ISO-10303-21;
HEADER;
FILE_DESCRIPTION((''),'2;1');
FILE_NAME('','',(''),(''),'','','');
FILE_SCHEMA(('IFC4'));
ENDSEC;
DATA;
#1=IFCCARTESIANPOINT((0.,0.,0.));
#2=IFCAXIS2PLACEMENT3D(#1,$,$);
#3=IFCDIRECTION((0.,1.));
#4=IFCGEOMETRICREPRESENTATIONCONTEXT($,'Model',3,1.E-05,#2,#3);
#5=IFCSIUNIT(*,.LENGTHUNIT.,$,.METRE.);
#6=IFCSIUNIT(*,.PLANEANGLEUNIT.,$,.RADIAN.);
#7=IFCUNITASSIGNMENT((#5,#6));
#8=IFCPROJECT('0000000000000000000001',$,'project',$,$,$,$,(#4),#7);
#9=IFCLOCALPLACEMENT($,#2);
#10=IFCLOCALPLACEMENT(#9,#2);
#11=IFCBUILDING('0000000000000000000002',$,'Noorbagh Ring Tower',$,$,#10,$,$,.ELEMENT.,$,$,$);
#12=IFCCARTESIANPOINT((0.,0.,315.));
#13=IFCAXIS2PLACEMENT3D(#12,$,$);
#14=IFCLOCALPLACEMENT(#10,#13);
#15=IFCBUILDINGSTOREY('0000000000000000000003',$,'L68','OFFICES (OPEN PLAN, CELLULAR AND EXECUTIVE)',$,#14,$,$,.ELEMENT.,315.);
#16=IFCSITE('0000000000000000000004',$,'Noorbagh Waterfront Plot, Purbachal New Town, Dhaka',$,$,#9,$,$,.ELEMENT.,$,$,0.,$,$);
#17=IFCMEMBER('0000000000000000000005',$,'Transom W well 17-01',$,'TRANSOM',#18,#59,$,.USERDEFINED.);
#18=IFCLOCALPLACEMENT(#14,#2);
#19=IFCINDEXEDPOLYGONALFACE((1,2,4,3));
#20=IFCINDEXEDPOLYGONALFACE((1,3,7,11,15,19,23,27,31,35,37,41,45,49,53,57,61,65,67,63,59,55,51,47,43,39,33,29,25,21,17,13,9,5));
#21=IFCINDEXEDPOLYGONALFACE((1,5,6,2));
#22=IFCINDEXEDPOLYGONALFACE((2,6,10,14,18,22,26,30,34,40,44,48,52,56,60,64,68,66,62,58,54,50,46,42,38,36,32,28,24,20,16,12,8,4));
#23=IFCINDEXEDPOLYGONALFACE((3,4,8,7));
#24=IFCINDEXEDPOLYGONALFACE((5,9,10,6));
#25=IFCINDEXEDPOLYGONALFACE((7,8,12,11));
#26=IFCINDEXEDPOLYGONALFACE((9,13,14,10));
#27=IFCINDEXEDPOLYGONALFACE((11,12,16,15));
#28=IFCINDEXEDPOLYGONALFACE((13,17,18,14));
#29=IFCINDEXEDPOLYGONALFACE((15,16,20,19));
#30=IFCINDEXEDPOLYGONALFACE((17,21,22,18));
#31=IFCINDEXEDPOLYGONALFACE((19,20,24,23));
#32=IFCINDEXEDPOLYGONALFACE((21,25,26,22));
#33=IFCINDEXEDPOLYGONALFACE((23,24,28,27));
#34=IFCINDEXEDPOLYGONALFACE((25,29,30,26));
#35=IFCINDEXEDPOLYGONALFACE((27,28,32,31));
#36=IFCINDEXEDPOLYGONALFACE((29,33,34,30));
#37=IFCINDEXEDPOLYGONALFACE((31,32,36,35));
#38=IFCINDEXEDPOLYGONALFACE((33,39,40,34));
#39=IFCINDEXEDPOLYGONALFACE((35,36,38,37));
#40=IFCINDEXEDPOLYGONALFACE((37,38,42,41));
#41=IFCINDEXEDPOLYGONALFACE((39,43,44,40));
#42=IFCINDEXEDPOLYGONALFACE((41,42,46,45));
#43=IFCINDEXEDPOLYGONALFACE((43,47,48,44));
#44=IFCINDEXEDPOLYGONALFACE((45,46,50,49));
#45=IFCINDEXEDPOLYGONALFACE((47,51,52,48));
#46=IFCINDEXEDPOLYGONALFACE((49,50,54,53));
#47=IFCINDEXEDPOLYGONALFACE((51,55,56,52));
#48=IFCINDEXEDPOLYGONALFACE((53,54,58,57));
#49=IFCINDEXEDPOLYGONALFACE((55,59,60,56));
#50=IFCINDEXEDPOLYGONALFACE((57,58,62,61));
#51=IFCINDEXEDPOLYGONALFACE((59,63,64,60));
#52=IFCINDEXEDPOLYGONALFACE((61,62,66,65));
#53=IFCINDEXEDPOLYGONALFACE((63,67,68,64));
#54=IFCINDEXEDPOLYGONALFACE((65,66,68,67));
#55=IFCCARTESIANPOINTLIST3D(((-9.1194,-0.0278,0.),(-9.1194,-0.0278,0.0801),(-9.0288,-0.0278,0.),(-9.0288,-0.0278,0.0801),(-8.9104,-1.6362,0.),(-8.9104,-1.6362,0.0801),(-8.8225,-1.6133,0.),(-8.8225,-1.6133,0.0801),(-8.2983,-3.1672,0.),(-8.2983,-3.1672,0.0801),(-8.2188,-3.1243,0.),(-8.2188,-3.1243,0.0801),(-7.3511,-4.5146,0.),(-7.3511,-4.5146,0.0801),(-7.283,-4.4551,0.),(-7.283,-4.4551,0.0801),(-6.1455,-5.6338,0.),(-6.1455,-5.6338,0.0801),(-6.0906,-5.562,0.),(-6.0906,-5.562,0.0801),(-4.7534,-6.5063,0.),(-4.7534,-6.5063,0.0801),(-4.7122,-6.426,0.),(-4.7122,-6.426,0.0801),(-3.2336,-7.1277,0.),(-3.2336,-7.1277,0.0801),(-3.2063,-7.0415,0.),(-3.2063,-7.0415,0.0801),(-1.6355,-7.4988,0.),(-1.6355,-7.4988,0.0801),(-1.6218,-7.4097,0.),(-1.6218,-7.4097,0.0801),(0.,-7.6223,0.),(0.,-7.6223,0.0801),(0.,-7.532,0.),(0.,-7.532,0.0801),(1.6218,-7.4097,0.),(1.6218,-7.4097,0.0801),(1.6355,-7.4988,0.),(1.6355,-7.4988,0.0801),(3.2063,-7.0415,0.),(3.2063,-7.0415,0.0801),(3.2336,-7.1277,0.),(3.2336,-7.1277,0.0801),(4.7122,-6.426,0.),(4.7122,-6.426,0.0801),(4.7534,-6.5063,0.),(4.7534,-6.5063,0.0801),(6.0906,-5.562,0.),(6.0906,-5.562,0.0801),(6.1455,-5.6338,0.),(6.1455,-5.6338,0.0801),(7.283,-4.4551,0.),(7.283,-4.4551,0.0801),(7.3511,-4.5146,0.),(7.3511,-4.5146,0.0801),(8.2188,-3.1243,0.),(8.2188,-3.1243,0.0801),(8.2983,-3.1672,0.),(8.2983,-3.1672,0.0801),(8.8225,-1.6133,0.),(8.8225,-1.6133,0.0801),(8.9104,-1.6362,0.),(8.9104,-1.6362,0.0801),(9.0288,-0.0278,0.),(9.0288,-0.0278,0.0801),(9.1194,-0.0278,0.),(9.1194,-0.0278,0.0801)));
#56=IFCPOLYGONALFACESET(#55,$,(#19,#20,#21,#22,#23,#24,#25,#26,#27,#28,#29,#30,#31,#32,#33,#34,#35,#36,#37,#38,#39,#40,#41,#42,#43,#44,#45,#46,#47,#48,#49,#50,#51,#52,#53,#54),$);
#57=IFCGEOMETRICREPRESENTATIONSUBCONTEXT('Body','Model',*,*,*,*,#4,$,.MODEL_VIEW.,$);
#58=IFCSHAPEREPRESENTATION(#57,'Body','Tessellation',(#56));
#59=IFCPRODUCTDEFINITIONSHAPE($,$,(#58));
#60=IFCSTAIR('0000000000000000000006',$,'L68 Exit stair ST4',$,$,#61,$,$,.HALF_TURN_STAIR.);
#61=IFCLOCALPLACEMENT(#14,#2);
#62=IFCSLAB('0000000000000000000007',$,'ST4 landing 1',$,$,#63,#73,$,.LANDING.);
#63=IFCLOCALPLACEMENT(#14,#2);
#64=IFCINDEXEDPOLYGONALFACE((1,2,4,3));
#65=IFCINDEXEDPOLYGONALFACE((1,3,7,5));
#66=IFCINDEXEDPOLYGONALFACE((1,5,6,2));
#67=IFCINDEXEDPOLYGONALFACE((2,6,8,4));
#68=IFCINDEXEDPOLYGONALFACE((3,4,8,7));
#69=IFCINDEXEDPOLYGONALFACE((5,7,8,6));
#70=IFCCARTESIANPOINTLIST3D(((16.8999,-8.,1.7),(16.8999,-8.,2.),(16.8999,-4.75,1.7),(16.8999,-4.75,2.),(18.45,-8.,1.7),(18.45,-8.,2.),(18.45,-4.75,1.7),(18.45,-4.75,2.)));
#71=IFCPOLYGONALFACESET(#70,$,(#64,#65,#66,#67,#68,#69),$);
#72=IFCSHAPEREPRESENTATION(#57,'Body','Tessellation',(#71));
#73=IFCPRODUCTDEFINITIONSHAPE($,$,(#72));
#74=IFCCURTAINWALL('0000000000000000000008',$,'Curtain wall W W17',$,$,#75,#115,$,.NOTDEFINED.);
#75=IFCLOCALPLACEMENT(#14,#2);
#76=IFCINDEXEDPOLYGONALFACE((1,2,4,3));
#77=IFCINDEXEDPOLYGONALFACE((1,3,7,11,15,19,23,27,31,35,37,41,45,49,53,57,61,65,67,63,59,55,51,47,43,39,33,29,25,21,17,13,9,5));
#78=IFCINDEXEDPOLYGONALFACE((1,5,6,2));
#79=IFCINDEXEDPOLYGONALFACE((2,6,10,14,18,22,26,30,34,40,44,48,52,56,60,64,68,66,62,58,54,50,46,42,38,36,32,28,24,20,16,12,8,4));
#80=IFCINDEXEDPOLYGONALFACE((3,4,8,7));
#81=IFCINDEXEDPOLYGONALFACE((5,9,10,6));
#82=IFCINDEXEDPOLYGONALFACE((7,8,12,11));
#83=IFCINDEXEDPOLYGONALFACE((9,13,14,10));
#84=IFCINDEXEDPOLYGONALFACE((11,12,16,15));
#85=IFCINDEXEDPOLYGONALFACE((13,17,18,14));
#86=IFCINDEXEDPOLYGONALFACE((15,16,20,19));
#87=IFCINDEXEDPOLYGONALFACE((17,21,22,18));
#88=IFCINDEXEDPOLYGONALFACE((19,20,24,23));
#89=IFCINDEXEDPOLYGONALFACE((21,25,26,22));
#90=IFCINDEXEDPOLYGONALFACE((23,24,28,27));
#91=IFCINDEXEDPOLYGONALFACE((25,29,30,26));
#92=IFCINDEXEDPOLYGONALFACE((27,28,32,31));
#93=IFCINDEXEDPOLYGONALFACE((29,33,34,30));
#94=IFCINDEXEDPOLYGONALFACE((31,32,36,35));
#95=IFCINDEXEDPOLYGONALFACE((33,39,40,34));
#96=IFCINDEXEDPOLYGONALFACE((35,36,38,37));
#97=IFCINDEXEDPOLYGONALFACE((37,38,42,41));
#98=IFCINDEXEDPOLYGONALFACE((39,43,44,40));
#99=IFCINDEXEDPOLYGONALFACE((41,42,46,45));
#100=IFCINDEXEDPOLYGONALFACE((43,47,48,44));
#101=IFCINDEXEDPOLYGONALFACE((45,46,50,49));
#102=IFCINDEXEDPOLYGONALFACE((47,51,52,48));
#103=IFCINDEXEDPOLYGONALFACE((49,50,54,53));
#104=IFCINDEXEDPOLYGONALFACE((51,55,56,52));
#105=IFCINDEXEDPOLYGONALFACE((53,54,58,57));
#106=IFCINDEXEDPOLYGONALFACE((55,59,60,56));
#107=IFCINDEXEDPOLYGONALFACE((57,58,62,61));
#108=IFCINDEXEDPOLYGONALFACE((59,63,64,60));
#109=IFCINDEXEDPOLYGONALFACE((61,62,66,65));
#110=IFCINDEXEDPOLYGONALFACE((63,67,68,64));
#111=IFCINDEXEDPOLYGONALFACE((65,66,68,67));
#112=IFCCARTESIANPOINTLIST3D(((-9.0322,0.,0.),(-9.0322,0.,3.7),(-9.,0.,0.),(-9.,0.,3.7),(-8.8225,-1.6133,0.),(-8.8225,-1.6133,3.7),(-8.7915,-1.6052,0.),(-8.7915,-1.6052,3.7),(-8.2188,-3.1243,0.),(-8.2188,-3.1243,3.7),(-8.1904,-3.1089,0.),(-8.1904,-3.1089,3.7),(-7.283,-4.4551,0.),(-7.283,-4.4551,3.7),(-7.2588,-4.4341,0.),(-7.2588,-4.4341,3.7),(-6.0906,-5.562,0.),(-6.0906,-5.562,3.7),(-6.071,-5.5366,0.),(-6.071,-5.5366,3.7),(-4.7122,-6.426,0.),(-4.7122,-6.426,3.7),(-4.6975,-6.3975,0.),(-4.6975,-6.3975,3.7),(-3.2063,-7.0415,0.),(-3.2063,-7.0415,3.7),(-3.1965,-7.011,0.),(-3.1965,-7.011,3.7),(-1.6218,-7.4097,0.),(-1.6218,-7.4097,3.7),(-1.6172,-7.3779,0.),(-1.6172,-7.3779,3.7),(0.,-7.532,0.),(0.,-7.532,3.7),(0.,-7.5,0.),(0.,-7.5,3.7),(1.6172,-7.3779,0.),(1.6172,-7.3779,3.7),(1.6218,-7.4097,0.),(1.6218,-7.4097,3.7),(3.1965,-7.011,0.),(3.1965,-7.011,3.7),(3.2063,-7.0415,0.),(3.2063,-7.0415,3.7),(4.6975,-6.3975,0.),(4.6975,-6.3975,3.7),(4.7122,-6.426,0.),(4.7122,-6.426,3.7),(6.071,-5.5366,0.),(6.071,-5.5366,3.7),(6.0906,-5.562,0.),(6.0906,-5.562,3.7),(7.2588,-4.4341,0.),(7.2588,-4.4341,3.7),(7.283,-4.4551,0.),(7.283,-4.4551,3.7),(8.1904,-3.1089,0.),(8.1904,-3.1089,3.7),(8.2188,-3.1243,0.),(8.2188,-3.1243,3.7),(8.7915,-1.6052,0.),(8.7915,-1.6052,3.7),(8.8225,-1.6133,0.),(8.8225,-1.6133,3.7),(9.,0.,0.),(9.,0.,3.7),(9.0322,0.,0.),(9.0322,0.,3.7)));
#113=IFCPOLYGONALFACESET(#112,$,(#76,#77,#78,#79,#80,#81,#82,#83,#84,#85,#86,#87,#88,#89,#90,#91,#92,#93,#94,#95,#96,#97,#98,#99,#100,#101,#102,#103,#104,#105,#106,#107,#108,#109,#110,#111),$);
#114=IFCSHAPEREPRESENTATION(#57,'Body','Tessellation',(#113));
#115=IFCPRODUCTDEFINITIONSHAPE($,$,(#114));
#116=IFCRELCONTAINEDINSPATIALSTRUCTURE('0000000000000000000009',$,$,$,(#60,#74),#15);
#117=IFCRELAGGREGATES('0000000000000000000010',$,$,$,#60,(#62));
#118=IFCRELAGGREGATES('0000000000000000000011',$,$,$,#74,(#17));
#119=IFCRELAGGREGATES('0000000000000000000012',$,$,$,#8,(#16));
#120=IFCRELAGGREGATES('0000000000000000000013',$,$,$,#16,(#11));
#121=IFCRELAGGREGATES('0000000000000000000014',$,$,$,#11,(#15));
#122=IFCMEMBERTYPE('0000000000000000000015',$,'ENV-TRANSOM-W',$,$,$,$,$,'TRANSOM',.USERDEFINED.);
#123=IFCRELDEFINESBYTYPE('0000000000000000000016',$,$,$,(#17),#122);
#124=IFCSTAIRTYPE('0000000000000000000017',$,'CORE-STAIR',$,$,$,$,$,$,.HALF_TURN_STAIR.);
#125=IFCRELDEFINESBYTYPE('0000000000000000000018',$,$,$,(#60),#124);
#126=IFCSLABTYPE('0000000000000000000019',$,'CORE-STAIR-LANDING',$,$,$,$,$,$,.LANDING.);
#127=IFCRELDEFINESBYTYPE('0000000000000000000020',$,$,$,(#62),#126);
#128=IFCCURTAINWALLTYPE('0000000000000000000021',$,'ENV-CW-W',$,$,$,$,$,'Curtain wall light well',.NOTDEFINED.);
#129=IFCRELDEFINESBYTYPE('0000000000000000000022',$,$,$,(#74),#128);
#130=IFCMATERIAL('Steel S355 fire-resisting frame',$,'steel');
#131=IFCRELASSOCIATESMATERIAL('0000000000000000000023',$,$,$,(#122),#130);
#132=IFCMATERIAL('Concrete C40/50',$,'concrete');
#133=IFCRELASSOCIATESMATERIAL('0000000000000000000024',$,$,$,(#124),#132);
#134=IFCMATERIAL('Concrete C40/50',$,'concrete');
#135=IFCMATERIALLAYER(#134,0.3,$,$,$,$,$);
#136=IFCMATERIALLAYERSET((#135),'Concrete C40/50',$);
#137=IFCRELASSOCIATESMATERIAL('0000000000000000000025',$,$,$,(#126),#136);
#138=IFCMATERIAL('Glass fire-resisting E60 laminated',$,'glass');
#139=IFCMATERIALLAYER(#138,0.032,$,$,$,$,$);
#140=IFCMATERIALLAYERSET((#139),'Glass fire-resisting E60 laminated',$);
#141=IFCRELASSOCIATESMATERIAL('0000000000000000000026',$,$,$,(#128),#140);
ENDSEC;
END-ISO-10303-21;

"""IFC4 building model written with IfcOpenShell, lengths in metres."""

from ifc_helpers import new_model, si_unit, direction, frame, origin, place, context, subcontext, project, spatial, polyline, outline, extrude, material, layer, layer_set, type_object, element, aggregate, save


model = new_model("IFC4")

# Units and contexts
model_context = context("Model", 3, precision=1e-05, world=origin(), true_north=direction((0.0, 1.0)))
body_context = subcontext(model_context, "Body", "Model", "MODEL_VIEW")
ifc_project = project(units=[si_unit("LENGTHUNIT", "METRE"), si_unit("PLANEANGLEUNIT", "RADIAN")], contexts=[model_context])

# Member
site_placement = place(None, origin())
building_placement = place(site_placement, origin())
storey_placement = place(building_placement, frame((0.0, 0.0, 315.0)))
ifc_material_1 = material(Name="Steel S355 fire-resisting frame", Category="steel")
member_type_1 = type_object("IfcMemberType", Name="ENV-TRANSOM-W", ElementType="TRANSOM", PredefinedType="USERDEFINED", material=ifc_material_1)
member_1_placement = place(storey_placement, origin())
member_1 = element("IfcMember", 1, at=member_1_placement, type_object=member_type_1, Name="Transom W well 17-01", ObjectType="TRANSOM", PredefinedType="USERDEFINED", context=body_context, shape_type="SweptSolid", body=[
    extrude(outline(polyline([(-9.1194, -0.0278), (-8.9104, -1.6362), (-8.2983, -3.1672), (-7.3511, -4.5146), (-6.1455, -5.6338), (-4.7534, -6.5063), (-3.2336, -7.1277), (-1.6355, -7.4988), (0.0, -7.6223), (1.6355, -7.4988), (3.2336, -7.1277), (4.7534, -6.5063), (6.1455, -5.6338), (7.3511, -4.5146), (8.2983, -3.1672), (8.9104, -1.6362), (9.1194, -0.0278), (9.0288, -0.0278), (8.8225, -1.6133), (8.2188, -3.1243), (7.283, -4.4551), (6.0906, -5.562), (4.7122, -6.426), (3.2063, -7.0415), (1.6218, -7.4097), (0.0, -7.532), (-1.6218, -7.4097), (-3.2063, -7.0415), (-4.7122, -6.426), (-6.0906, -5.562), (-7.283, -4.4551), (-8.2188, -3.1243), (-8.8225, -1.6133), (-9.0288, -0.0278), (-9.1194, -0.0278)])), origin(), (0.0, 0.0, 1.0), 0.0801),
])

# Site, building, storey
site = spatial("IfcSite", under=ifc_project, at=site_placement, Name="Noorbagh Waterfront Plot, Purbachal New Town, Dhaka", CompositionType="ELEMENT", RefElevation=0.0)
building = spatial("IfcBuilding", under=site, at=building_placement, Name="Noorbagh Ring Tower", CompositionType="ELEMENT")
storey = spatial("IfcBuildingStorey", under=building, at=storey_placement, Name="L68", Description="OFFICES (OPEN PLAN, CELLULAR AND EXECUTIVE)", CompositionType="ELEMENT", Elevation=315.0)

# Stair, slab
ifc_material_2 = material(Name="Concrete C40/50", Category="concrete")
stair_type = type_object("IfcStairType", Name="CORE-STAIR", PredefinedType="HALF_TURN_STAIR", material=ifc_material_2)
stair_placement = place(storey_placement, origin())
stair = element("IfcStair", 2, at=stair_placement, inside=storey, type_object=stair_type, Name="L68 Exit stair ST4", PredefinedType="HALF_TURN_STAIR")
ifc_material_3 = material(Name="Concrete C40/50", Category="concrete")
ifc_layer_1 = layer(ifc_material_3, 0.3)
ifc_layer_set_1 = layer_set([ifc_layer_1], Name="Concrete C40/50")
slab_type = type_object("IfcSlabType", Name="CORE-STAIR-LANDING", PredefinedType="LANDING", material=ifc_layer_set_1)
slab_placement = place(storey_placement, frame((0.0, 0.0, 1.7)))
slab = element("IfcSlab", 3, at=slab_placement, type_object=slab_type, Name="ST4 landing 1", PredefinedType="LANDING", context=body_context, shape_type="SweptSolid", body=[
    extrude(outline(polyline([(18.45, -4.75), (16.8999, -4.75), (16.8999, -8.0), (18.45, -8.0), (18.45, -4.75)])), origin(), (0.0, 0.0, 1.0), 0.3),
])
aggregate(stair, [slab])

# Curtain wall
ifc_material_4 = material(Name="Glass fire-resisting E60 laminated", Category="glass")
ifc_layer_2 = layer(ifc_material_4, 0.032)
ifc_layer_set_2 = layer_set([ifc_layer_2], Name="Glass fire-resisting E60 laminated")
curtain_wall_type_1 = type_object("IfcCurtainWallType", Name="ENV-CW-W", ElementType="Curtain wall light well", PredefinedType="NOTDEFINED", material=ifc_layer_set_2)
curtain_wall_1_placement = place(storey_placement, origin())
curtain_wall_1 = element("IfcCurtainWall", 4, at=curtain_wall_1_placement, inside=storey, type_object=curtain_wall_type_1, Name="Curtain wall W W17", PredefinedType="NOTDEFINED", context=body_context, shape_type="SweptSolid", body=[
    extrude(outline(polyline([(-9.0322, 0.0), (-8.8225, -1.6133), (-8.2188, -3.1243), (-7.283, -4.4551), (-6.0906, -5.562), (-4.7122, -6.426), (-3.2063, -7.0415), (-1.6218, -7.4097), (0.0, -7.532), (1.6218, -7.4097), (3.2063, -7.0415), (4.7122, -6.426), (6.0906, -5.562), (7.283, -4.4551), (8.2188, -3.1243), (8.8225, -1.6133), (9.0322, 0.0), (9.0, 0.0), (8.7915, -1.6052), (8.1904, -3.1089), (7.2588, -4.4341), (6.071, -5.5366), (4.6975, -6.3975), (3.1965, -7.011), (1.6172, -7.3779), (0.0, -7.5), (-1.6172, -7.3779), (-3.1965, -7.011), (-4.6975, -6.3975), (-6.071, -5.5366), (-7.2588, -4.4341), (-8.1904, -3.1089), (-8.7915, -1.6052), (-9.0, 0.0), (-9.0322, 0.0)])), origin(), (0.0, 0.0, 1.0), 3.7),
])
aggregate(curtain_wall_1, [member_1])

save(model, "model.ifc")
